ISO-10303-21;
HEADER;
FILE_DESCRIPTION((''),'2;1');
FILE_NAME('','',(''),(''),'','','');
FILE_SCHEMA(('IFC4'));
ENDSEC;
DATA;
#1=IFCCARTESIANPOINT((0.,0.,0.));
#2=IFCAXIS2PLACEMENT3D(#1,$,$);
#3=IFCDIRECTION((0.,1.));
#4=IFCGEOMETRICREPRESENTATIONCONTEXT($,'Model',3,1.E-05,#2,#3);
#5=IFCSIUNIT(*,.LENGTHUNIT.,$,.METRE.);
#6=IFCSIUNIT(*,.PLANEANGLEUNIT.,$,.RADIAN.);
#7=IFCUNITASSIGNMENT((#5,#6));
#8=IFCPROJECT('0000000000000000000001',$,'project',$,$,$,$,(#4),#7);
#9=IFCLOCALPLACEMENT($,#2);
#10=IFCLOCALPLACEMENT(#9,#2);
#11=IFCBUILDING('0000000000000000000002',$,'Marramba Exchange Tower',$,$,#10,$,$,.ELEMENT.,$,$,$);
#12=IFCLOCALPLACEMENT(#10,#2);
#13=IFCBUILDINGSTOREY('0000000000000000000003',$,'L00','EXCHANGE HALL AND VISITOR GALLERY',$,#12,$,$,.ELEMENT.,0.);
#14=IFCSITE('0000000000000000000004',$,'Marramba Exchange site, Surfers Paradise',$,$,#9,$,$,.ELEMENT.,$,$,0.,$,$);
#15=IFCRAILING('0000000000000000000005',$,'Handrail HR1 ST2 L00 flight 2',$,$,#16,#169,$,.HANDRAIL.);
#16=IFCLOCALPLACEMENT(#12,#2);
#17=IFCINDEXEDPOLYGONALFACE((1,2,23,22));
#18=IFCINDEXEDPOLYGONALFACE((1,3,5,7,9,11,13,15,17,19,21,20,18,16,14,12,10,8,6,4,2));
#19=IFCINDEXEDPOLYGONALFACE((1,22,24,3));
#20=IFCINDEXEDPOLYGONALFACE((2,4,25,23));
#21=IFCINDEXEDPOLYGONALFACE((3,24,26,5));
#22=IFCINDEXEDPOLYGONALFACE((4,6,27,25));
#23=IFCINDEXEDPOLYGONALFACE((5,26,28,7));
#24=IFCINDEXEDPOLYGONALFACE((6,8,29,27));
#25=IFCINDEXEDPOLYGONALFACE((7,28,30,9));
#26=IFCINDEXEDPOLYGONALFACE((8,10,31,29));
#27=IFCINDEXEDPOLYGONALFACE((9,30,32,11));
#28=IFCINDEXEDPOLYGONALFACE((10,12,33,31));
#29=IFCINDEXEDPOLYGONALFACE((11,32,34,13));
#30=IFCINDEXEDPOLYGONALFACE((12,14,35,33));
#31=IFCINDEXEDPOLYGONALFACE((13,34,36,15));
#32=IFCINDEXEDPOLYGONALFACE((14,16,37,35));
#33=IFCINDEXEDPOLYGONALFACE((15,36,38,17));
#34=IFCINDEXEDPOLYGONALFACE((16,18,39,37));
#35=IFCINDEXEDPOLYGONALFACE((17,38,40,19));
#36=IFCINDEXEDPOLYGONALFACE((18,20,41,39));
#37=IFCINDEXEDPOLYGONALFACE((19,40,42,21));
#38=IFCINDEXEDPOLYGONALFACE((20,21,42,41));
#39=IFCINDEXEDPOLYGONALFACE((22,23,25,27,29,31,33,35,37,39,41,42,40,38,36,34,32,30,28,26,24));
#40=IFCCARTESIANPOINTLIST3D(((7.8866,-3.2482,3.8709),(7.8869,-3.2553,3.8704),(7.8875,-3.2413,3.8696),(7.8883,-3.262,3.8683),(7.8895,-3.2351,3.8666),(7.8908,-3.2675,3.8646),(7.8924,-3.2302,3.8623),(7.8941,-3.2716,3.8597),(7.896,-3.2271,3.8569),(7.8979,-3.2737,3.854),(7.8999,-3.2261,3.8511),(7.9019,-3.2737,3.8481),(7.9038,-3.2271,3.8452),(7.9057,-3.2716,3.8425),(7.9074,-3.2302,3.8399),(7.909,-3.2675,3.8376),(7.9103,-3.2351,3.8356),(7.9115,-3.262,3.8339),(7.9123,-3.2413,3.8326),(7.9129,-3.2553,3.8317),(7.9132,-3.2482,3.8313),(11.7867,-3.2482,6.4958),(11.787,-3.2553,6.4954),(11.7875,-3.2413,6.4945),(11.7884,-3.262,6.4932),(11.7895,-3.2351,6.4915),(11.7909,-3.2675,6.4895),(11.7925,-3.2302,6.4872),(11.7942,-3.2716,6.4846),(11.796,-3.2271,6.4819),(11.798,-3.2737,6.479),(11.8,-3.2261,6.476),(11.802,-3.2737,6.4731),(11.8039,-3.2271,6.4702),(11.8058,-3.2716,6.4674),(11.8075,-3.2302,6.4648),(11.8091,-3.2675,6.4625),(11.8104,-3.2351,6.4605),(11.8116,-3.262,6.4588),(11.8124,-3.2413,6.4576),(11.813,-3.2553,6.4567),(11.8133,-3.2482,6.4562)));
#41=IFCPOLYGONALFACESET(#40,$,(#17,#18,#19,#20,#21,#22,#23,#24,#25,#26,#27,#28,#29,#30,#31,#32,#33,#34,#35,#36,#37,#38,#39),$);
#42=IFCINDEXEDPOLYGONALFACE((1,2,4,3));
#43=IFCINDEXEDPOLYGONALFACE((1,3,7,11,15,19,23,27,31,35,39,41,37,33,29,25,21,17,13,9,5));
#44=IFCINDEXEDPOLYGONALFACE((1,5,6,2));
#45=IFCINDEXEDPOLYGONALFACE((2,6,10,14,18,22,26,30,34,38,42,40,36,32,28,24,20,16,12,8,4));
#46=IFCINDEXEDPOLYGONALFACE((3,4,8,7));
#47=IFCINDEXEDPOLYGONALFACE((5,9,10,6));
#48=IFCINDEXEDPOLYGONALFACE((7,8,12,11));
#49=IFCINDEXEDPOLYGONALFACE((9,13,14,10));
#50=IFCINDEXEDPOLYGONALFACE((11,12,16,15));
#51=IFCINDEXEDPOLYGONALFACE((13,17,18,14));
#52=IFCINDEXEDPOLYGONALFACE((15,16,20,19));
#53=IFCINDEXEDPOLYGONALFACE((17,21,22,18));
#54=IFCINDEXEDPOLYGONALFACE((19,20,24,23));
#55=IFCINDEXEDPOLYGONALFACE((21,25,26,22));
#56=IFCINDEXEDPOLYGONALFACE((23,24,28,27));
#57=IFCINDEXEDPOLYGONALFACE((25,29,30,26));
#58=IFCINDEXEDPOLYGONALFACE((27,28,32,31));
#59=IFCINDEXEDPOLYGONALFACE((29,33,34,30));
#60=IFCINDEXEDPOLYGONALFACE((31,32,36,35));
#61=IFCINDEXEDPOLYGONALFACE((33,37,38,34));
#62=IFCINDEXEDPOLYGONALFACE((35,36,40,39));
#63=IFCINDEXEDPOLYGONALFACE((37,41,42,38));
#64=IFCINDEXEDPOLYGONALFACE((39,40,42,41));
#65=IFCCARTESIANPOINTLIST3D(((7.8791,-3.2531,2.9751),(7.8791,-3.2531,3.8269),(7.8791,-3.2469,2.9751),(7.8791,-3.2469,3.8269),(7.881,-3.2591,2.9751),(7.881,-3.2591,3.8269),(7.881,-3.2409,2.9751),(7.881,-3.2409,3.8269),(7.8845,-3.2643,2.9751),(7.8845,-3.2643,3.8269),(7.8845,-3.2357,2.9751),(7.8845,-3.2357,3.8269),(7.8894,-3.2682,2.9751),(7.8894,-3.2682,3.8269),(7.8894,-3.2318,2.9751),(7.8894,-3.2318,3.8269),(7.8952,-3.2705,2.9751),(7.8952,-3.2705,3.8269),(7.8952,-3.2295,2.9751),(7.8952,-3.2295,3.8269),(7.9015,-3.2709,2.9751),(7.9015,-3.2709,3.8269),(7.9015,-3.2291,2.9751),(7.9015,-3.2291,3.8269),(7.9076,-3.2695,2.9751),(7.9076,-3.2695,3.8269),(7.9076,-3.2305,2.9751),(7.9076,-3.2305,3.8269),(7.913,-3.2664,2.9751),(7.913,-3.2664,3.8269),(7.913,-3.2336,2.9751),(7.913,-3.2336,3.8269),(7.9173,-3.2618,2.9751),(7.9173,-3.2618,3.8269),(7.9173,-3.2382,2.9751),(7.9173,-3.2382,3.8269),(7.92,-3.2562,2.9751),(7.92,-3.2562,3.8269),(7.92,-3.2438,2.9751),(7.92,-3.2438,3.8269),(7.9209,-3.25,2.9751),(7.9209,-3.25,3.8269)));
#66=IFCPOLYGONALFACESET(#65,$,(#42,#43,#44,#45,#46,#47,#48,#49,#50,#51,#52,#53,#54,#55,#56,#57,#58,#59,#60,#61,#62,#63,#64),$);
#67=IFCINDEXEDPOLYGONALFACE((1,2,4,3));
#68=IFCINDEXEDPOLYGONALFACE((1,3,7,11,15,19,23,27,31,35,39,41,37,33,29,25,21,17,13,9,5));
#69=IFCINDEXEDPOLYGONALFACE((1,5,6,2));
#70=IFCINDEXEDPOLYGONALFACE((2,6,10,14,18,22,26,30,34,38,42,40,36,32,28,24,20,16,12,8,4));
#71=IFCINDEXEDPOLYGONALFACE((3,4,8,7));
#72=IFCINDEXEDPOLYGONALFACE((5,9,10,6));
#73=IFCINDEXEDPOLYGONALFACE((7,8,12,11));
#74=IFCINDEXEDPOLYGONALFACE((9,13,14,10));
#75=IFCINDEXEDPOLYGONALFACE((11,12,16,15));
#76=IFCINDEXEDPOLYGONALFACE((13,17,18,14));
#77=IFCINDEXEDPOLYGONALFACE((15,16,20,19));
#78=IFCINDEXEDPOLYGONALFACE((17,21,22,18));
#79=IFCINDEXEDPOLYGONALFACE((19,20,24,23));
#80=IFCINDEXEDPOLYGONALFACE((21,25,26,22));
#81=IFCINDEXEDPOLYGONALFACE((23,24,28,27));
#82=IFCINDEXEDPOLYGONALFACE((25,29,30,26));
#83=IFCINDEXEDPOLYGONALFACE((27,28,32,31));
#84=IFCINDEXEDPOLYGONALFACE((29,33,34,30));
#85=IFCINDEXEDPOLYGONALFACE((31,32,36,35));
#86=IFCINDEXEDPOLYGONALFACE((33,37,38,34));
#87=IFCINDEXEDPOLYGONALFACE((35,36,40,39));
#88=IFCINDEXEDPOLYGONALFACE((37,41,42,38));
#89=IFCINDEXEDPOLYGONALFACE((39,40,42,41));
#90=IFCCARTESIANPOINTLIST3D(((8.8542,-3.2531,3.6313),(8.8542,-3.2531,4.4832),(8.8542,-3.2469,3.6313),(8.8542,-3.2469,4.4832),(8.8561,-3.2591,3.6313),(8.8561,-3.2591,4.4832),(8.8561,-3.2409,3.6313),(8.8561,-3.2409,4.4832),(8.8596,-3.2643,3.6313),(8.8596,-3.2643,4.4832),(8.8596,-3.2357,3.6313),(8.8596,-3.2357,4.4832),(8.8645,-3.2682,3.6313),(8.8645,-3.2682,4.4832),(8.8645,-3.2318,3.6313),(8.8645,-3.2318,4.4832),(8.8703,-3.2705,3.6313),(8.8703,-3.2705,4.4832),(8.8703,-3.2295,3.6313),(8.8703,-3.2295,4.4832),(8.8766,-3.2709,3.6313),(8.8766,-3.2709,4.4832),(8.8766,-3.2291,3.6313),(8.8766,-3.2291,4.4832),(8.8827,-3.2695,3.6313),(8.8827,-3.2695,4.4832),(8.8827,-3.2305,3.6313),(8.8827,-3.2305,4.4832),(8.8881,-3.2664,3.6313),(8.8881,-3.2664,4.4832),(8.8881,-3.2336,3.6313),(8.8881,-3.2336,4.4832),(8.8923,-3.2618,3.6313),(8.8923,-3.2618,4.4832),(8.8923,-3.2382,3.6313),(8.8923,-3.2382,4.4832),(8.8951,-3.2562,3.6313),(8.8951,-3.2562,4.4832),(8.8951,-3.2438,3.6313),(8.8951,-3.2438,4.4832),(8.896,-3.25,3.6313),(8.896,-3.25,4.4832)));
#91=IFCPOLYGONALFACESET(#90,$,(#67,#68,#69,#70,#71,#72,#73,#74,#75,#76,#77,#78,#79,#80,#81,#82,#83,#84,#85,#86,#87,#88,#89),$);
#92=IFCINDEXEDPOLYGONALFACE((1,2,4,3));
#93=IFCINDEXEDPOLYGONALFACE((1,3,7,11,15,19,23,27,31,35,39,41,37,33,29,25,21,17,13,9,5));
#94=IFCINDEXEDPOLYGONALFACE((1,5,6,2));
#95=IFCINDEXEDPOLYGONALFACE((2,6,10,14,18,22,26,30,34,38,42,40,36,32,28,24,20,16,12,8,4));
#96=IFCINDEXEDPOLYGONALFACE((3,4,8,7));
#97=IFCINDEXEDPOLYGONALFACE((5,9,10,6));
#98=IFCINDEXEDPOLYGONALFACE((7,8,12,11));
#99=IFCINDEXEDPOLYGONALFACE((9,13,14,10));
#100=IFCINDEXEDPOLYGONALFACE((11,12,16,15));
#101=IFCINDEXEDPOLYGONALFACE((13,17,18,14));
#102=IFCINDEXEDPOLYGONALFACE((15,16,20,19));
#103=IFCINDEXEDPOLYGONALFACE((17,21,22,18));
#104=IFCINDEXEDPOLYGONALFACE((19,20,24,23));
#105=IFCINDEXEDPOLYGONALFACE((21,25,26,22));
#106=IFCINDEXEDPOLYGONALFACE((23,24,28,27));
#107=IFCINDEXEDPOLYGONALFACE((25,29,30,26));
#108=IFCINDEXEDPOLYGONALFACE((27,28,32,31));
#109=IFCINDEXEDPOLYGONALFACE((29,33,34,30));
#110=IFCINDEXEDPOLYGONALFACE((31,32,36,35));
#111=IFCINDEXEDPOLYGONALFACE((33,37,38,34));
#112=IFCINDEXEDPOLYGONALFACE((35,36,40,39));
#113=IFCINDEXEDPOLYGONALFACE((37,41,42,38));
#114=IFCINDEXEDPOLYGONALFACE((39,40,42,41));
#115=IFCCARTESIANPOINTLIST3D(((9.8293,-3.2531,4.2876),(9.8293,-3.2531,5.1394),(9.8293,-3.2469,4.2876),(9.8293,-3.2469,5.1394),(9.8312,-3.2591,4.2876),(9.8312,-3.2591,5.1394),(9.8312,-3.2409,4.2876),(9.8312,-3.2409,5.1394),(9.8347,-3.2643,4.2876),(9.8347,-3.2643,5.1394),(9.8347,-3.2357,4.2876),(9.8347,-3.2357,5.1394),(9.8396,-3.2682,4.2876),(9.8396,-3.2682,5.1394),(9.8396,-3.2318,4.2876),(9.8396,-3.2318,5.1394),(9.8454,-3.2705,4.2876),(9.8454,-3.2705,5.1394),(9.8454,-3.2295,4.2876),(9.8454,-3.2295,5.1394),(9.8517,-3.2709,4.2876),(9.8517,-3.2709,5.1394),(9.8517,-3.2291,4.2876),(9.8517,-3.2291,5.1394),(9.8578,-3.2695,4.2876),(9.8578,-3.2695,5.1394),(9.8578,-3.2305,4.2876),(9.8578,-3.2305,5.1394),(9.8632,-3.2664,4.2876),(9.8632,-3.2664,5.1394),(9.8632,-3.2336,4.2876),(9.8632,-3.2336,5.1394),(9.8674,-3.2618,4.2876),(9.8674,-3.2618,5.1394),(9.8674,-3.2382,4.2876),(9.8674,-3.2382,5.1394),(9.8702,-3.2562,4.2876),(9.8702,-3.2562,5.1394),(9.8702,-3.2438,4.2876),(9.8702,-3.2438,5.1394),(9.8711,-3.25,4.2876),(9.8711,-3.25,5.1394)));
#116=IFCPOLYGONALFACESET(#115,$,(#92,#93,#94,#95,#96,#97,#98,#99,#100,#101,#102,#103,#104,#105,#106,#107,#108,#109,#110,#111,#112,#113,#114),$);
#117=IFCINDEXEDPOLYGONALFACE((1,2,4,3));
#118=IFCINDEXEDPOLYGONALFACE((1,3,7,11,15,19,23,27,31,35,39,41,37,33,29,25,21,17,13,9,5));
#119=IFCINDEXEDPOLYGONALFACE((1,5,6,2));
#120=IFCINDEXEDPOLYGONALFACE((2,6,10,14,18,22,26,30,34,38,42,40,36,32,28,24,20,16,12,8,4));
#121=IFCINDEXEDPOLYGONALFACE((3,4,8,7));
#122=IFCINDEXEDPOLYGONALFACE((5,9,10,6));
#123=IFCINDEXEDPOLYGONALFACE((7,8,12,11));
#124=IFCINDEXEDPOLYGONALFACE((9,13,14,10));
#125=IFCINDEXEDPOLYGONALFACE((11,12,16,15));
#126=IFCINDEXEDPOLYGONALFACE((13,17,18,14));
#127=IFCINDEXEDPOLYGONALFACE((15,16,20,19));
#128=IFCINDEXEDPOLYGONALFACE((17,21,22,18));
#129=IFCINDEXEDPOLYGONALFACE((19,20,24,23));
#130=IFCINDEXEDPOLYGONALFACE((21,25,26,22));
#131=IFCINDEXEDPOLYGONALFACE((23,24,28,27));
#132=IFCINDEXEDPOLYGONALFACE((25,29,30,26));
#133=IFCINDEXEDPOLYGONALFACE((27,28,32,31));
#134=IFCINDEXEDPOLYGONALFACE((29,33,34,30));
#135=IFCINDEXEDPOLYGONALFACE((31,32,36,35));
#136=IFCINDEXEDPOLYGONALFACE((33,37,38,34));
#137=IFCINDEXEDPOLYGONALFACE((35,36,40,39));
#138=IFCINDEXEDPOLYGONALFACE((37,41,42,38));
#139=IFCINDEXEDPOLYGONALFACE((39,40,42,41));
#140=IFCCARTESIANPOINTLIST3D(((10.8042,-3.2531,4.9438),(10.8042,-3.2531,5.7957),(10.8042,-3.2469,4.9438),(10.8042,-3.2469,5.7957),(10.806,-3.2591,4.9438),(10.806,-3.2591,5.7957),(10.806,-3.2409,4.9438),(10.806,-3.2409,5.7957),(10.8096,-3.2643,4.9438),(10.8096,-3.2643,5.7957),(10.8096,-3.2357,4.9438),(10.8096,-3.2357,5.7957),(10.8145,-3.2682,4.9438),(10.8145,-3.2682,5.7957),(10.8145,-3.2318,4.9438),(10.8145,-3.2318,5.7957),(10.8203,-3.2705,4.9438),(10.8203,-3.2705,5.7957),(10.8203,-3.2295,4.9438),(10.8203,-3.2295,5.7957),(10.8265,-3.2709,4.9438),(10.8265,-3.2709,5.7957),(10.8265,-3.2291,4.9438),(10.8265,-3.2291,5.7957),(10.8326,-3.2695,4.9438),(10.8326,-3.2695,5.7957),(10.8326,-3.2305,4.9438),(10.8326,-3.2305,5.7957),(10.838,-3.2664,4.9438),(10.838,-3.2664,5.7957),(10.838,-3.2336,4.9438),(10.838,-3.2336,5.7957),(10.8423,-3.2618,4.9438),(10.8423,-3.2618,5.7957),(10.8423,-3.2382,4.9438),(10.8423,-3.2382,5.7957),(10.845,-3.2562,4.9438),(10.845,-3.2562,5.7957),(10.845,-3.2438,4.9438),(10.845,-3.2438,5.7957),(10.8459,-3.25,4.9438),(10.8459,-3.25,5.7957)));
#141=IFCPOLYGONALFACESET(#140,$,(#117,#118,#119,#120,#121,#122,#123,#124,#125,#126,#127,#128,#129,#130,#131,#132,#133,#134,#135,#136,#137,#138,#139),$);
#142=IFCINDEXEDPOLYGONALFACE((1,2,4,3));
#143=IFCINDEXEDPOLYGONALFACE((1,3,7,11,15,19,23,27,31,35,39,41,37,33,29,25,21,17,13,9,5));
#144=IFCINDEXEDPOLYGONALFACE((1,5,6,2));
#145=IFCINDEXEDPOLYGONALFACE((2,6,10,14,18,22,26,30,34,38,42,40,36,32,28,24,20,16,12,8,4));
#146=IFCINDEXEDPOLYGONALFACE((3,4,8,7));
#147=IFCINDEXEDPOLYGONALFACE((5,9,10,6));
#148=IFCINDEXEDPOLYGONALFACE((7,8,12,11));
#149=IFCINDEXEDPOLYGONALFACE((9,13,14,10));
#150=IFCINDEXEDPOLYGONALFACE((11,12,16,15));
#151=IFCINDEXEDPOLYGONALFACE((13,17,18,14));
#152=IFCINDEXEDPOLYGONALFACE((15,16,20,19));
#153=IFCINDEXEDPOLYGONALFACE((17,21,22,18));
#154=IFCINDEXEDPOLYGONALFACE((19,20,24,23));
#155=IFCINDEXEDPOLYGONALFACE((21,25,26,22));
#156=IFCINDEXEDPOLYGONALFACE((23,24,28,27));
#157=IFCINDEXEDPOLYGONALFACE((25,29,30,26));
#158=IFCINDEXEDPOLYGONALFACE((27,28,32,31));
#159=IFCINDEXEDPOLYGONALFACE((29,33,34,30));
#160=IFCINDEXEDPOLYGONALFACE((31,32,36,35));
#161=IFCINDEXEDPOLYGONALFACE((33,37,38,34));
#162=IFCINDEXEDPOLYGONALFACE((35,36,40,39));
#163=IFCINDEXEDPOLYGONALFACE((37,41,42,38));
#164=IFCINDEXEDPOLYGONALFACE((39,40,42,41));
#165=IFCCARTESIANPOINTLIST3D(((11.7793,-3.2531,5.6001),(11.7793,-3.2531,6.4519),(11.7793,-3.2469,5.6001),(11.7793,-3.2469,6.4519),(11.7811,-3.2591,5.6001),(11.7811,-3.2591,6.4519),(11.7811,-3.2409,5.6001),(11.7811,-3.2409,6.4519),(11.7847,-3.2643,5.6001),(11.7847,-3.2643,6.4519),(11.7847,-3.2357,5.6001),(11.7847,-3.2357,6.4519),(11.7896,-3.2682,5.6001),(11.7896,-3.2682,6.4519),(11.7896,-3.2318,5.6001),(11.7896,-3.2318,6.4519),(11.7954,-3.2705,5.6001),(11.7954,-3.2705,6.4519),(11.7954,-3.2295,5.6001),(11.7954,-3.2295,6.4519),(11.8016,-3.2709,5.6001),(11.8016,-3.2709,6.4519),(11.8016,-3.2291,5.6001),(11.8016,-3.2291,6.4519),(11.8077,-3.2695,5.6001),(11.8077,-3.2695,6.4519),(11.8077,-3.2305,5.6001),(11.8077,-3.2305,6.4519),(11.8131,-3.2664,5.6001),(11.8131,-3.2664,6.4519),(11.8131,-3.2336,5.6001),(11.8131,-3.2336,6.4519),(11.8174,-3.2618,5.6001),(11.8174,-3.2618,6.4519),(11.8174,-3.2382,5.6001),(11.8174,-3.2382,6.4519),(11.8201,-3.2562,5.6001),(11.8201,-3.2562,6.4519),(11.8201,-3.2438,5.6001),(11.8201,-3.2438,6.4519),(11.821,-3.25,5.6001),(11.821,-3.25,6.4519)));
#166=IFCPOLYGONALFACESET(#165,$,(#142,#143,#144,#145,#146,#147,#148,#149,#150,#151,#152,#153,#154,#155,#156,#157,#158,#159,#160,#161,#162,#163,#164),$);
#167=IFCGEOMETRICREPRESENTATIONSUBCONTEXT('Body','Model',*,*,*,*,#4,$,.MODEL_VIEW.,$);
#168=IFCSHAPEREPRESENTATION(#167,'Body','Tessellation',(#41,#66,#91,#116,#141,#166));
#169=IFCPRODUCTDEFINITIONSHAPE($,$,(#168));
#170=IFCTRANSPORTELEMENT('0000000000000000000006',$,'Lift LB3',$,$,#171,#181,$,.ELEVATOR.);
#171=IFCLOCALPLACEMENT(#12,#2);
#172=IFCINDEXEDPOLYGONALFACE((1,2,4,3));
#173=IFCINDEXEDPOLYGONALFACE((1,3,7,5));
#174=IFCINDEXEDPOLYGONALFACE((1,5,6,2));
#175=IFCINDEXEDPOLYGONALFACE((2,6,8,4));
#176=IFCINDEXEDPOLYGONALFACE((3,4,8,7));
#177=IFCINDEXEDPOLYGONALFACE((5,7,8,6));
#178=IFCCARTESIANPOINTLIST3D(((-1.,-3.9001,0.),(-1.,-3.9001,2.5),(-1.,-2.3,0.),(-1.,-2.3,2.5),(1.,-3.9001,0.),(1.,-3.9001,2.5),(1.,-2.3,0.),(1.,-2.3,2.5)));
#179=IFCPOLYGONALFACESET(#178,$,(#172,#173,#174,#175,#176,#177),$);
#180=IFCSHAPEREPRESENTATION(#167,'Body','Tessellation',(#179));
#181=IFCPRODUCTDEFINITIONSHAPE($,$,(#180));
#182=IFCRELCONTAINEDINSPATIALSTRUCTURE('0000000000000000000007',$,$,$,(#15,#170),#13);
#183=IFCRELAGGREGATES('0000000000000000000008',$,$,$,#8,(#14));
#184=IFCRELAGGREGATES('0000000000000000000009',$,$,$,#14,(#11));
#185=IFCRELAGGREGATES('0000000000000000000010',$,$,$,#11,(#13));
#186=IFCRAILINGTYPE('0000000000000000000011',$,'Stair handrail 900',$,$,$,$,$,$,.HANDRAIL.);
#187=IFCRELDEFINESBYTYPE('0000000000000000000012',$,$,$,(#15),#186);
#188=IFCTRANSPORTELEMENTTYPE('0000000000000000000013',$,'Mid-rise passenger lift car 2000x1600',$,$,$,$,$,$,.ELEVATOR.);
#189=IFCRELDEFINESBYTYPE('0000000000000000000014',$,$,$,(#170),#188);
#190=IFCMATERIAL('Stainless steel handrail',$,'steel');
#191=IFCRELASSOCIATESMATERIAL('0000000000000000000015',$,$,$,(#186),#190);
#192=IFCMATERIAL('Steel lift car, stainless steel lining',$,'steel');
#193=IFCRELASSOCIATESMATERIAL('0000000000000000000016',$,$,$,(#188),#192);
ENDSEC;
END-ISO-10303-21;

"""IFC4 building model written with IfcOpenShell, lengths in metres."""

from ifc_helpers import new_model, si_unit, direction, frame, origin, origin_2d, place, context, subcontext, project, spatial, rectangle, circle, extrude, material, type_object, element, save


model = new_model("IFC4")

# Units and contexts
model_context = context("Model", 3, precision=1e-05, world=origin(), true_north=direction((0.0, 1.0)))
body_context = subcontext(model_context, "Body", "Model", "MODEL_VIEW")
ifc_project = project(units=[si_unit("LENGTHUNIT", "METRE"), si_unit("PLANEANGLEUNIT", "RADIAN")], contexts=[model_context])

# Site, building, storey
site_placement = place(None, origin())
site = spatial("IfcSite", under=ifc_project, at=site_placement, Name="Marramba Exchange site, Surfers Paradise", CompositionType="ELEMENT", RefElevation=0.0)
building_placement = place(site_placement, origin())
building = spatial("IfcBuilding", under=site, at=building_placement, Name="Marramba Exchange Tower", CompositionType="ELEMENT")
storey_placement = place(building_placement, origin())
storey = spatial("IfcBuildingStorey", under=building, at=storey_placement, Name="L00", Description="EXCHANGE HALL AND VISITOR GALLERY", CompositionType="ELEMENT", Elevation=0.0)

# Railing
ifc_material_1 = material(Name="Stainless steel handrail", Category="steel")
railing_type = type_object("IfcRailingType", Name="Stair handrail 900", PredefinedType="HANDRAIL", material=ifc_material_1)
railing_placement = place(storey_placement, frame((7.8999, -3.25, 2.9751)))
element("IfcRailing", 1, at=railing_placement, inside=storey, type_object=railing_type, Name="Handrail HR1 ST2 L00 flight 2", PredefinedType="HANDRAIL", context=body_context, shape_type="SweptSolid", body=[
    extrude(circle(Radius=0.0239, at=origin_2d()), frame((0.0, 0.0, 0.876), z_axis=(0.829597, 0.0, 0.558362), x_axis=(0.0, 1.0, 0.0)), (0.0, 0.0, 1.0), 4.7012),
    extrude(circle(Radius=0.021, at=origin_2d()), origin(), (0.0, 0.0, 1.0), 0.8518),
    extrude(circle(Radius=0.021, at=origin_2d()), frame((0.9751, 0.0, 0.6562)), (0.0, 0.0, 1.0), 0.8518),
    extrude(circle(Radius=0.021, at=origin_2d()), frame((1.9502, 0.0, 1.3125)), (0.0, 0.0, 1.0), 0.8518),
    extrude(circle(Radius=0.021, at=origin_2d()), frame((2.925, 0.0, 1.9688)), (0.0, 0.0, 1.0), 0.8518),
    extrude(circle(Radius=0.021, at=origin_2d()), frame((3.9001, 0.0, 2.625)), (0.0, 0.0, 1.0), 0.8518),
])

# Transport element
ifc_material_2 = material(Name="Steel lift car, stainless steel lining", Category="steel")
transport_element_type = type_object("IfcTransportElementType", Name="Mid-rise passenger lift car 2000x1600", PredefinedType="ELEVATOR", material=ifc_material_2)
transport_element_placement = place(storey_placement, frame((0.0, -3.1001, 0.0), z_axis=(0.0, 0.0, 1.0), x_axis=(1.0, 0.0, 0.0)))
element("IfcTransportElement", 2, at=transport_element_placement, inside=storey, type_object=transport_element_type, Name="Lift LB3", PredefinedType="ELEVATOR", context=body_context, shape_type="SweptSolid", body=[
    extrude(rectangle(XDim=2.0, YDim=1.6001, at=origin_2d()), origin(), (0.0, 0.0, 1.0), 2.5),
])

save(model, "model.ifc")
